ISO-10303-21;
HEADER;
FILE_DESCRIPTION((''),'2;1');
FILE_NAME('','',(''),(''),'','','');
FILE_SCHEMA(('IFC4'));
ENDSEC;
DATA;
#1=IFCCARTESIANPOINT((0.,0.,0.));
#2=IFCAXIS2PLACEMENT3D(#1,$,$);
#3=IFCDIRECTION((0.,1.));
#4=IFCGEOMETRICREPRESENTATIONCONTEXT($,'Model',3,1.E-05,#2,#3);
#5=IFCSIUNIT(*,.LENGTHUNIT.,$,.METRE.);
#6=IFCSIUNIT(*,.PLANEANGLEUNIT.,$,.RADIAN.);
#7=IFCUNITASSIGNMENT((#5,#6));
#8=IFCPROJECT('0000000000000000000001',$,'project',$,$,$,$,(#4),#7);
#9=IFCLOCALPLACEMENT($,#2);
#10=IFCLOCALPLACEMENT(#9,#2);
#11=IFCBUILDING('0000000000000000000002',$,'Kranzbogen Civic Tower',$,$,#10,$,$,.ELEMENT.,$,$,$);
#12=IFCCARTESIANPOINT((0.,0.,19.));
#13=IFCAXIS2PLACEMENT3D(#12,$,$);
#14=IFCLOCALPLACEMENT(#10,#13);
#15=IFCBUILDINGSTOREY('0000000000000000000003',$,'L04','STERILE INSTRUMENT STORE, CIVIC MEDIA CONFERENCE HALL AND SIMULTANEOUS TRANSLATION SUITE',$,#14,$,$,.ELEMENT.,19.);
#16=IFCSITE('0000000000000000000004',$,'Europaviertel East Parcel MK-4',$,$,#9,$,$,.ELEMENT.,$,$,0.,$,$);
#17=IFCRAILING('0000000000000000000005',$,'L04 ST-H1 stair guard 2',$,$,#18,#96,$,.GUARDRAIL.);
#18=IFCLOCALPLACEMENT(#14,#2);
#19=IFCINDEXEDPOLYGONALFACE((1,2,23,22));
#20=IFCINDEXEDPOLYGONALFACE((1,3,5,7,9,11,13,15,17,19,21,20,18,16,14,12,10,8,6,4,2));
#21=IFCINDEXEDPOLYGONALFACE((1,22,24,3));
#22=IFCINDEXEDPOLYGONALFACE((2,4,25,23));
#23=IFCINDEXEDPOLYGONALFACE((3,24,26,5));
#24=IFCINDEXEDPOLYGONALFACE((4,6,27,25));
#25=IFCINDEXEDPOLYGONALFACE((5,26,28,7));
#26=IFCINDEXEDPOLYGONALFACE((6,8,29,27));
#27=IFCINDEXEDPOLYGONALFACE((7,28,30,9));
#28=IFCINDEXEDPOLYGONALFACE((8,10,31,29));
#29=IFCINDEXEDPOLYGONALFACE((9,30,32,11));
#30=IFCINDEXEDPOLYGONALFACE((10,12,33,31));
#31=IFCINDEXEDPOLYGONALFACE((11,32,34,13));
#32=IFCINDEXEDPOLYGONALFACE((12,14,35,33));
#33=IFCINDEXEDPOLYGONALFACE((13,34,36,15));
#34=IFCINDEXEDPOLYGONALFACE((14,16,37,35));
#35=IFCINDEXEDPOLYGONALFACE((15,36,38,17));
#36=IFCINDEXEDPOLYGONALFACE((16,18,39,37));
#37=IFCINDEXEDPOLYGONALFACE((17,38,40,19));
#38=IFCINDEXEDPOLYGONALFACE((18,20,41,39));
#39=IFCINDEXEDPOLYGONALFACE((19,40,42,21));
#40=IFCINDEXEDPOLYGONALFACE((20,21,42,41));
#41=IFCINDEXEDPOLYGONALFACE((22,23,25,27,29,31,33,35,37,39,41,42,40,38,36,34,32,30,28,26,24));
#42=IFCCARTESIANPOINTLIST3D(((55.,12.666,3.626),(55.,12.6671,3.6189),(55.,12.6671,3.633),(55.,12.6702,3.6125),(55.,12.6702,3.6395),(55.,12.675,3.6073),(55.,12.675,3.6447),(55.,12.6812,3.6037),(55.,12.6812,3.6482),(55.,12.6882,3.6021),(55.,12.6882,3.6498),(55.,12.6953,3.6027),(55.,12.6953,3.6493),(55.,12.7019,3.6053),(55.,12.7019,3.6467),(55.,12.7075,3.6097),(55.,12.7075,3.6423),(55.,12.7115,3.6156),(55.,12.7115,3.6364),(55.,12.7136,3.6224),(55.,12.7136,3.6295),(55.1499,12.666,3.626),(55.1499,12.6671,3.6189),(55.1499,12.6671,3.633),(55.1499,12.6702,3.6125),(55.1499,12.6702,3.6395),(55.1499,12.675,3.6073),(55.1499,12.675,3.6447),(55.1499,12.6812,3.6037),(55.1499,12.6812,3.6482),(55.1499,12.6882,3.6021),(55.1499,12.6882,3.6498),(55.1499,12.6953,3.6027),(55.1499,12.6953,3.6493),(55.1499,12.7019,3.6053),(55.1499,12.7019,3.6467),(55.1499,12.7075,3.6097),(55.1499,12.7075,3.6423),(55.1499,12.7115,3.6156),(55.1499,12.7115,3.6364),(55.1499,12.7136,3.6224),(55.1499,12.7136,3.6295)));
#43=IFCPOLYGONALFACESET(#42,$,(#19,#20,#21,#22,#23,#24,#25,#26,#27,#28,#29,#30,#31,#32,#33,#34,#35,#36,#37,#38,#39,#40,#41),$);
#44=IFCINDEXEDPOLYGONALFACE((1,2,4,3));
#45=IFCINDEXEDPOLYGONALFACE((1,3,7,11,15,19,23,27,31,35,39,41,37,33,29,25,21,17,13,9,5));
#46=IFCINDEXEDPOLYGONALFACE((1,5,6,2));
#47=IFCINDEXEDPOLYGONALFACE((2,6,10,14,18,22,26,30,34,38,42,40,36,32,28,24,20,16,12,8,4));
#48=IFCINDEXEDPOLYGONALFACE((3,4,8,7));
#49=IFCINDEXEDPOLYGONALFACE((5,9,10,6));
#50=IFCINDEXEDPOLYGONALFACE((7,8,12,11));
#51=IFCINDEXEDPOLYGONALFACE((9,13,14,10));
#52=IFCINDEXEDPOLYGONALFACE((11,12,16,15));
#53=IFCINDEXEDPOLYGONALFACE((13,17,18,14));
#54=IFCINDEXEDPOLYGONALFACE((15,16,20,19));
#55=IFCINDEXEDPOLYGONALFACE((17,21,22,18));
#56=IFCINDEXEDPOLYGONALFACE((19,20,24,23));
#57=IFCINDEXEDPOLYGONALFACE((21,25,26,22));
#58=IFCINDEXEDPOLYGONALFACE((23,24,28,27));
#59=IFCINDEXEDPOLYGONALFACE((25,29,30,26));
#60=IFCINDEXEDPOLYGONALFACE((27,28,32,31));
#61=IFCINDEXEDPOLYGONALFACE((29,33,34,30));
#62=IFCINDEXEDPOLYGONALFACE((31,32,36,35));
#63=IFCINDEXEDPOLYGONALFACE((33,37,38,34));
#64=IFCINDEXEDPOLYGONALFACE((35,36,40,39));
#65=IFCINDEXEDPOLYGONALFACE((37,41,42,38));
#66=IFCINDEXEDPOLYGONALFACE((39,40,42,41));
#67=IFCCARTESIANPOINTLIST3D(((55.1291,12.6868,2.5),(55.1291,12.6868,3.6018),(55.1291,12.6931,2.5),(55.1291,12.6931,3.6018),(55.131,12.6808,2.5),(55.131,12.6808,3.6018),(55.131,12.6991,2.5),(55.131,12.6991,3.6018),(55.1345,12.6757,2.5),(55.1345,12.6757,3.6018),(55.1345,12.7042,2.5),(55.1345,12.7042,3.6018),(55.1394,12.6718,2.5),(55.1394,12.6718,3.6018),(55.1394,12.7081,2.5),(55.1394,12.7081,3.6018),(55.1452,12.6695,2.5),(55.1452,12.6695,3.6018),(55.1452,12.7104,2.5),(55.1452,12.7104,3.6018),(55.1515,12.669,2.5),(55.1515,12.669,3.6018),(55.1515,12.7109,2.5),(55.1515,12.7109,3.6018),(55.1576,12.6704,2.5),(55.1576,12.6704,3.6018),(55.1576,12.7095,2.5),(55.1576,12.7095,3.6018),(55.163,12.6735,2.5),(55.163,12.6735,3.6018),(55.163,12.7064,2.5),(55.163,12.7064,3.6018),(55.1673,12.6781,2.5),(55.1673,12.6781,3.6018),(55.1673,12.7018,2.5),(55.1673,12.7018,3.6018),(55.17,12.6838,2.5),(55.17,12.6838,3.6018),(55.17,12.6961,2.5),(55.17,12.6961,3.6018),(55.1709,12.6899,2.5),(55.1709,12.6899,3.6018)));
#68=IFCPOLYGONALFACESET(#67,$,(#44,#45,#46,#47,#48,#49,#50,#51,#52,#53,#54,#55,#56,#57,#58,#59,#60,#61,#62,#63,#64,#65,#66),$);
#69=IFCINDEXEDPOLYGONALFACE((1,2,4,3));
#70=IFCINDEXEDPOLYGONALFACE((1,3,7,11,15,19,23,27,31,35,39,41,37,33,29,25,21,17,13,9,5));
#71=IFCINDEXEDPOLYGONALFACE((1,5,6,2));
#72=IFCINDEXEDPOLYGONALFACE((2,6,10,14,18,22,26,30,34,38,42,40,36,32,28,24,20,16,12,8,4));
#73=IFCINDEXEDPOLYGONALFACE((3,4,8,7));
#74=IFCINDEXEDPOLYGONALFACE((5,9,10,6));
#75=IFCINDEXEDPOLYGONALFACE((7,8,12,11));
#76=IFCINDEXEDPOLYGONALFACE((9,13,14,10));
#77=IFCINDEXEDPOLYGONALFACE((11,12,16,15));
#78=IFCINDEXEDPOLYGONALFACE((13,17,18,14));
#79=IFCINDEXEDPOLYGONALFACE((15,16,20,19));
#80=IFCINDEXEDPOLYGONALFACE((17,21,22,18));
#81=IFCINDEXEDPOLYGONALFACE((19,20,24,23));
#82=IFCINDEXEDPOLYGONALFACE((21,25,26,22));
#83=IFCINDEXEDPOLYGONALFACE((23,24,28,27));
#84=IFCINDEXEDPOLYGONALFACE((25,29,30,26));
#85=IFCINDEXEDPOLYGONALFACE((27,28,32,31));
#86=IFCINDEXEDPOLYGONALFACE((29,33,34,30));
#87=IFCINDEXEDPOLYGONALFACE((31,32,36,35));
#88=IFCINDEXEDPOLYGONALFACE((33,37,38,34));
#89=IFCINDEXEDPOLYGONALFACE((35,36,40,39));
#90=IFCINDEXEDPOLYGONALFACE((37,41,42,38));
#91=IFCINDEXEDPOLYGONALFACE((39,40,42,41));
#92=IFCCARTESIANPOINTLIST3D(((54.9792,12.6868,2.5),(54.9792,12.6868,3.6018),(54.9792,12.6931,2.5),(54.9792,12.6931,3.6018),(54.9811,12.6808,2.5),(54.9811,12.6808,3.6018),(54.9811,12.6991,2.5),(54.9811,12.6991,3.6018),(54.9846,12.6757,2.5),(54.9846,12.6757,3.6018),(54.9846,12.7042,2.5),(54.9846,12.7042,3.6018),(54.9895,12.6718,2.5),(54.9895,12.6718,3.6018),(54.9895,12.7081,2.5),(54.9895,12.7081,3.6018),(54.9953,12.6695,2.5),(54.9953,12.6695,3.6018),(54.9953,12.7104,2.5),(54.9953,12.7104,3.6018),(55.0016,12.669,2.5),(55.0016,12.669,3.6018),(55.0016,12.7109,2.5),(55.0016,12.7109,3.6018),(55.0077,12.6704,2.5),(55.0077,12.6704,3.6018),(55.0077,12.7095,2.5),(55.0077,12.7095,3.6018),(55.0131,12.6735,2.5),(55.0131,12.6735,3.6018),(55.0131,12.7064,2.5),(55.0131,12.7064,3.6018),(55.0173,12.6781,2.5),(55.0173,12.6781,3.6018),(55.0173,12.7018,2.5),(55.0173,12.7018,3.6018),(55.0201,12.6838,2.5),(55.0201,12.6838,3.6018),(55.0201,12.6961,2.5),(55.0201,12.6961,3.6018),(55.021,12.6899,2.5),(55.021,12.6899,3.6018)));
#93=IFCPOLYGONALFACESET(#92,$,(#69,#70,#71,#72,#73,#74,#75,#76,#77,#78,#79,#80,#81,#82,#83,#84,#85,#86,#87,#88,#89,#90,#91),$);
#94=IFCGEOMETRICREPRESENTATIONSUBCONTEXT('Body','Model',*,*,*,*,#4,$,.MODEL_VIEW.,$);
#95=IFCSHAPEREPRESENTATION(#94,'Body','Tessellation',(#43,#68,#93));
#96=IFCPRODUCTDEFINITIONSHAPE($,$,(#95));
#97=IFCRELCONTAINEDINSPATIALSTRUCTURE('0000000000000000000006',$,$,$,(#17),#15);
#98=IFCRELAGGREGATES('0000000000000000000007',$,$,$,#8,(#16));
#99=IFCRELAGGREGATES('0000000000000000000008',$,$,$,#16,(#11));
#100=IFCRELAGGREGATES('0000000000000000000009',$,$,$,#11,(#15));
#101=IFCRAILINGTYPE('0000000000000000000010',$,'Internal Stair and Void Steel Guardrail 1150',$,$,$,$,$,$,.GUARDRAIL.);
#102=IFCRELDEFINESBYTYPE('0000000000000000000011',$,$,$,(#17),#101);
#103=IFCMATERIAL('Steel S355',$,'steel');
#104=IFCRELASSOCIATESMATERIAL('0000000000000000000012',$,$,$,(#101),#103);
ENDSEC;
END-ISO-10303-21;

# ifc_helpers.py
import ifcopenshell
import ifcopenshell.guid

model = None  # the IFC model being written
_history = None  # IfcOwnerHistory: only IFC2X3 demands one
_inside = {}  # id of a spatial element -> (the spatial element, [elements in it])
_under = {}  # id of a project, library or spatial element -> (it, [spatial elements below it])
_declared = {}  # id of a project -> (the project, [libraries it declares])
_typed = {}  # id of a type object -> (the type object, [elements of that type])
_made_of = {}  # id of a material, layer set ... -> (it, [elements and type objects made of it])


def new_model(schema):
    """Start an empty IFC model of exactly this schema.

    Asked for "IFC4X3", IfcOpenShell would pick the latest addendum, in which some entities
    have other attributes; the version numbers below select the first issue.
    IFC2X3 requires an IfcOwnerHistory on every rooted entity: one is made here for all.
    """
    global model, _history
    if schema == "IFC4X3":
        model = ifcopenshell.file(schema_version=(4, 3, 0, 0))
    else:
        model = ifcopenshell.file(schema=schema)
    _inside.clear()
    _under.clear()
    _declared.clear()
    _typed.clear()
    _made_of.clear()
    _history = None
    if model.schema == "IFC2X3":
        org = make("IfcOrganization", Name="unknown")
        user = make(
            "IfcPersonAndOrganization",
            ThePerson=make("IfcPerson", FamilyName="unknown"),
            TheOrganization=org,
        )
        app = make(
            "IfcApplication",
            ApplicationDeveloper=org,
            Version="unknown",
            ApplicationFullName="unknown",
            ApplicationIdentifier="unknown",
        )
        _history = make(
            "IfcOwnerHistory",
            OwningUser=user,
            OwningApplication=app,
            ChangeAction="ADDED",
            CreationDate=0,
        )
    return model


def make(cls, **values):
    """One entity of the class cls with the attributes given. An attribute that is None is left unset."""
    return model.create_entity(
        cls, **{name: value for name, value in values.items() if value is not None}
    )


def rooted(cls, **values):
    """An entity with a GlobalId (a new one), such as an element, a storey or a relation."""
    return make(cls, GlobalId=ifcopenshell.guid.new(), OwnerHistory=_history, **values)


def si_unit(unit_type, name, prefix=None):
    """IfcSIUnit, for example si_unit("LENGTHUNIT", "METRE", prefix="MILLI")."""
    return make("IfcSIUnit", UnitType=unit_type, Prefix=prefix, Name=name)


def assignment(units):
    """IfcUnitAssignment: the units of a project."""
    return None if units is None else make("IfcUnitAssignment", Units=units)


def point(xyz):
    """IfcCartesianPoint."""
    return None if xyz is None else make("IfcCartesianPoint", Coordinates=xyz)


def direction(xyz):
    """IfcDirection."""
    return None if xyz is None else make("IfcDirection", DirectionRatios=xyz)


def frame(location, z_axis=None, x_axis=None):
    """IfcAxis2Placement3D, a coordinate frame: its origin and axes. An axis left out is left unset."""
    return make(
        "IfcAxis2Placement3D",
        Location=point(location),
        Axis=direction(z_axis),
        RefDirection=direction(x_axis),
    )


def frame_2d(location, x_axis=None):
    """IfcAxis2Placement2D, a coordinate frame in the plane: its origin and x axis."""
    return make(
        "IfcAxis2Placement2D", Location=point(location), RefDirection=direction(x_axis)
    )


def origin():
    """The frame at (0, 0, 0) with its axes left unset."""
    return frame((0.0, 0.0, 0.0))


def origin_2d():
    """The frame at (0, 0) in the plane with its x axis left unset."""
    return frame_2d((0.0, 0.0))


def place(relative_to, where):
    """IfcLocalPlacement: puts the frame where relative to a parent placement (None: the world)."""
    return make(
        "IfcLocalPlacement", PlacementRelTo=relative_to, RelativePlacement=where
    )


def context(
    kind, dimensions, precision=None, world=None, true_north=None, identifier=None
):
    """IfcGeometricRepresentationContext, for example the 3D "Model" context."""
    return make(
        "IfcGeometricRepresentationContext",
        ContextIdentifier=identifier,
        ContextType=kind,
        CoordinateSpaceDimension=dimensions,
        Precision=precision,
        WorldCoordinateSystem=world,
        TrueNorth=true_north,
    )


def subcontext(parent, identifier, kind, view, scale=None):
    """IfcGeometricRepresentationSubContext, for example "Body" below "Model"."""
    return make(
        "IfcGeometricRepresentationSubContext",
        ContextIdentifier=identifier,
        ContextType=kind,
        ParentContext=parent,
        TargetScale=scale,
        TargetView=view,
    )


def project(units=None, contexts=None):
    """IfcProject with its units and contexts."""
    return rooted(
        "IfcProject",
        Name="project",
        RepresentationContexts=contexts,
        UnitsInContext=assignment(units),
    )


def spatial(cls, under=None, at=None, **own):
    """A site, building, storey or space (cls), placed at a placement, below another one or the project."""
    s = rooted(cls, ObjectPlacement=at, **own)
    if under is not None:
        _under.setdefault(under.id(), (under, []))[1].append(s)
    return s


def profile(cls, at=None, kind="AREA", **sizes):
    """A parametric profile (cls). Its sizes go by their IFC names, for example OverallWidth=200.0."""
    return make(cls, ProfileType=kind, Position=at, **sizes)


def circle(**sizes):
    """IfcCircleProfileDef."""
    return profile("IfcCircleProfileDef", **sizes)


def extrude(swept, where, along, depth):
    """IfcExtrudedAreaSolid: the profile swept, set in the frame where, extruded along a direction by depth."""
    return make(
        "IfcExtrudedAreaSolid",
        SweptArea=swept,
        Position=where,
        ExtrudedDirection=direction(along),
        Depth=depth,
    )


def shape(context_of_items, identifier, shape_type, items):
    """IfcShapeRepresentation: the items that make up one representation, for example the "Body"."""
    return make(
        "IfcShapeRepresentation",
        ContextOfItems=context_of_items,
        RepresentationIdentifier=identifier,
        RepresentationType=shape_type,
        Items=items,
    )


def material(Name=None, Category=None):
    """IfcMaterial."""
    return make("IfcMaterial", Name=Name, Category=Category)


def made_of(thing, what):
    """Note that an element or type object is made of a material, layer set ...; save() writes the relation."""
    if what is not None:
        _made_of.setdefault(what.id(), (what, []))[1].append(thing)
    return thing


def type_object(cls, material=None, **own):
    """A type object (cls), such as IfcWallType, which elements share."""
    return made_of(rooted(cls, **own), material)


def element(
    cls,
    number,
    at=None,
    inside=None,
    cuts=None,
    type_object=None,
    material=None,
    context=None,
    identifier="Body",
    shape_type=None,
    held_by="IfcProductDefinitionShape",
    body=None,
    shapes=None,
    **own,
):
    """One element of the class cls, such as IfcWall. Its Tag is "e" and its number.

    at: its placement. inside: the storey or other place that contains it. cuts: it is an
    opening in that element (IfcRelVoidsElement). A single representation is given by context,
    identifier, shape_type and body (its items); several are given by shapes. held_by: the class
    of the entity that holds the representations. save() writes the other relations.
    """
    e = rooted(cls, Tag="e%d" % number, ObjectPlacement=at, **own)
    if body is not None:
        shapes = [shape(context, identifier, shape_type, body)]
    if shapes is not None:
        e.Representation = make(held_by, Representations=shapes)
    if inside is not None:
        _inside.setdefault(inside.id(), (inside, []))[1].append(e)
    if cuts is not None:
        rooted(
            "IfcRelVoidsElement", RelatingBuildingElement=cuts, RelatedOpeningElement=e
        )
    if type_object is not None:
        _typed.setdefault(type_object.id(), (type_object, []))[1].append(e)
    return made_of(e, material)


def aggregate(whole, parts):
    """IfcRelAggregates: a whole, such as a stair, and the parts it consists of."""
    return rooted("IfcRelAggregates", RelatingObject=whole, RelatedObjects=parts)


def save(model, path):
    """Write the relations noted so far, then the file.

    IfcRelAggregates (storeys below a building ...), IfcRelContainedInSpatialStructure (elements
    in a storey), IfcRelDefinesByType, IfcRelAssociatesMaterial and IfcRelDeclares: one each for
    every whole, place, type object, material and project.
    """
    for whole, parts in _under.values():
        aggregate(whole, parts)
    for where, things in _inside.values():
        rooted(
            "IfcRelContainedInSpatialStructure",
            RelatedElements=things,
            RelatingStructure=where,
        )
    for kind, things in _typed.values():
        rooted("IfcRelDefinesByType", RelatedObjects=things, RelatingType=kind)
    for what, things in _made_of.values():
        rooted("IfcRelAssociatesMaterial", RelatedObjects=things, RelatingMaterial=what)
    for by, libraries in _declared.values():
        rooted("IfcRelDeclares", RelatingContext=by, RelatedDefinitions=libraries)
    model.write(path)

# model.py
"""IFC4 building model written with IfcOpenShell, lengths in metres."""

from ifc_helpers import new_model, si_unit, direction, frame, origin, origin_2d, place, context, subcontext, project, spatial, circle, extrude, material, type_object, element, save


model = new_model("IFC4")

# Units and contexts
model_context = context("Model", 3, precision=1e-05, world=origin(), true_north=direction((0.0, 1.0)))
body_context = subcontext(model_context, "Body", "Model", "MODEL_VIEW")
ifc_project = project(units=[si_unit("LENGTHUNIT", "METRE"), si_unit("PLANEANGLEUNIT", "RADIAN")], contexts=[model_context])

# Site, building, storey
site_placement = place(None, origin())
site = spatial("IfcSite", under=ifc_project, at=site_placement, Name="Europaviertel East Parcel MK-4", CompositionType="ELEMENT", RefElevation=0.0)
building_placement = place(site_placement, origin())
building = spatial("IfcBuilding", under=site, at=building_placement, Name="Kranzbogen Civic Tower", CompositionType="ELEMENT")
storey_placement = place(building_placement, frame((0.0, 0.0, 19.0)))
storey = spatial("IfcBuildingStorey", under=building, at=storey_placement, Name="L04", Description="STERILE INSTRUMENT STORE, CIVIC MEDIA CONFERENCE HALL AND SIMULTANEOUS TRANSLATION SUITE", CompositionType="ELEMENT", Elevation=19.0)

# Shared definitions
ifc_material_1 = material(Name="Steel S355", Category="steel")

# Railing
railing_type_1 = type_object("IfcRailingType", Name="Internal Stair and Void Steel Guardrail 1150", PredefinedType="GUARDRAIL", material=ifc_material_1)
railing_1_placement = place(storey_placement, frame((55.1499, 12.6899, 2.5)))
element("IfcRailing", 1, at=railing_1_placement, inside=storey, type_object=railing_type_1, Name="L04 ST-H1 stair guard 2", PredefinedType="GUARDRAIL", context=body_context, shape_type="SweptSolid", body=[
    extrude(circle(Radius=0.0239, at=origin_2d()), frame((0.0, 0.0, 1.126), z_axis=(-1.0, 0.0, 0.0), x_axis=(0.0, -1.0, 0.0)), (0.0, 0.0, 1.0), 0.1499),
    extrude(circle(Radius=0.021, at=origin_2d()), origin(), (0.0, 0.0, 1.0), 1.1018),
    extrude(circle(Radius=0.021, at=origin_2d()), frame((-0.1499, 0.0, 0.0)), (0.0, 0.0, 1.0), 1.1018),
])

save(model, "model.ifc")
